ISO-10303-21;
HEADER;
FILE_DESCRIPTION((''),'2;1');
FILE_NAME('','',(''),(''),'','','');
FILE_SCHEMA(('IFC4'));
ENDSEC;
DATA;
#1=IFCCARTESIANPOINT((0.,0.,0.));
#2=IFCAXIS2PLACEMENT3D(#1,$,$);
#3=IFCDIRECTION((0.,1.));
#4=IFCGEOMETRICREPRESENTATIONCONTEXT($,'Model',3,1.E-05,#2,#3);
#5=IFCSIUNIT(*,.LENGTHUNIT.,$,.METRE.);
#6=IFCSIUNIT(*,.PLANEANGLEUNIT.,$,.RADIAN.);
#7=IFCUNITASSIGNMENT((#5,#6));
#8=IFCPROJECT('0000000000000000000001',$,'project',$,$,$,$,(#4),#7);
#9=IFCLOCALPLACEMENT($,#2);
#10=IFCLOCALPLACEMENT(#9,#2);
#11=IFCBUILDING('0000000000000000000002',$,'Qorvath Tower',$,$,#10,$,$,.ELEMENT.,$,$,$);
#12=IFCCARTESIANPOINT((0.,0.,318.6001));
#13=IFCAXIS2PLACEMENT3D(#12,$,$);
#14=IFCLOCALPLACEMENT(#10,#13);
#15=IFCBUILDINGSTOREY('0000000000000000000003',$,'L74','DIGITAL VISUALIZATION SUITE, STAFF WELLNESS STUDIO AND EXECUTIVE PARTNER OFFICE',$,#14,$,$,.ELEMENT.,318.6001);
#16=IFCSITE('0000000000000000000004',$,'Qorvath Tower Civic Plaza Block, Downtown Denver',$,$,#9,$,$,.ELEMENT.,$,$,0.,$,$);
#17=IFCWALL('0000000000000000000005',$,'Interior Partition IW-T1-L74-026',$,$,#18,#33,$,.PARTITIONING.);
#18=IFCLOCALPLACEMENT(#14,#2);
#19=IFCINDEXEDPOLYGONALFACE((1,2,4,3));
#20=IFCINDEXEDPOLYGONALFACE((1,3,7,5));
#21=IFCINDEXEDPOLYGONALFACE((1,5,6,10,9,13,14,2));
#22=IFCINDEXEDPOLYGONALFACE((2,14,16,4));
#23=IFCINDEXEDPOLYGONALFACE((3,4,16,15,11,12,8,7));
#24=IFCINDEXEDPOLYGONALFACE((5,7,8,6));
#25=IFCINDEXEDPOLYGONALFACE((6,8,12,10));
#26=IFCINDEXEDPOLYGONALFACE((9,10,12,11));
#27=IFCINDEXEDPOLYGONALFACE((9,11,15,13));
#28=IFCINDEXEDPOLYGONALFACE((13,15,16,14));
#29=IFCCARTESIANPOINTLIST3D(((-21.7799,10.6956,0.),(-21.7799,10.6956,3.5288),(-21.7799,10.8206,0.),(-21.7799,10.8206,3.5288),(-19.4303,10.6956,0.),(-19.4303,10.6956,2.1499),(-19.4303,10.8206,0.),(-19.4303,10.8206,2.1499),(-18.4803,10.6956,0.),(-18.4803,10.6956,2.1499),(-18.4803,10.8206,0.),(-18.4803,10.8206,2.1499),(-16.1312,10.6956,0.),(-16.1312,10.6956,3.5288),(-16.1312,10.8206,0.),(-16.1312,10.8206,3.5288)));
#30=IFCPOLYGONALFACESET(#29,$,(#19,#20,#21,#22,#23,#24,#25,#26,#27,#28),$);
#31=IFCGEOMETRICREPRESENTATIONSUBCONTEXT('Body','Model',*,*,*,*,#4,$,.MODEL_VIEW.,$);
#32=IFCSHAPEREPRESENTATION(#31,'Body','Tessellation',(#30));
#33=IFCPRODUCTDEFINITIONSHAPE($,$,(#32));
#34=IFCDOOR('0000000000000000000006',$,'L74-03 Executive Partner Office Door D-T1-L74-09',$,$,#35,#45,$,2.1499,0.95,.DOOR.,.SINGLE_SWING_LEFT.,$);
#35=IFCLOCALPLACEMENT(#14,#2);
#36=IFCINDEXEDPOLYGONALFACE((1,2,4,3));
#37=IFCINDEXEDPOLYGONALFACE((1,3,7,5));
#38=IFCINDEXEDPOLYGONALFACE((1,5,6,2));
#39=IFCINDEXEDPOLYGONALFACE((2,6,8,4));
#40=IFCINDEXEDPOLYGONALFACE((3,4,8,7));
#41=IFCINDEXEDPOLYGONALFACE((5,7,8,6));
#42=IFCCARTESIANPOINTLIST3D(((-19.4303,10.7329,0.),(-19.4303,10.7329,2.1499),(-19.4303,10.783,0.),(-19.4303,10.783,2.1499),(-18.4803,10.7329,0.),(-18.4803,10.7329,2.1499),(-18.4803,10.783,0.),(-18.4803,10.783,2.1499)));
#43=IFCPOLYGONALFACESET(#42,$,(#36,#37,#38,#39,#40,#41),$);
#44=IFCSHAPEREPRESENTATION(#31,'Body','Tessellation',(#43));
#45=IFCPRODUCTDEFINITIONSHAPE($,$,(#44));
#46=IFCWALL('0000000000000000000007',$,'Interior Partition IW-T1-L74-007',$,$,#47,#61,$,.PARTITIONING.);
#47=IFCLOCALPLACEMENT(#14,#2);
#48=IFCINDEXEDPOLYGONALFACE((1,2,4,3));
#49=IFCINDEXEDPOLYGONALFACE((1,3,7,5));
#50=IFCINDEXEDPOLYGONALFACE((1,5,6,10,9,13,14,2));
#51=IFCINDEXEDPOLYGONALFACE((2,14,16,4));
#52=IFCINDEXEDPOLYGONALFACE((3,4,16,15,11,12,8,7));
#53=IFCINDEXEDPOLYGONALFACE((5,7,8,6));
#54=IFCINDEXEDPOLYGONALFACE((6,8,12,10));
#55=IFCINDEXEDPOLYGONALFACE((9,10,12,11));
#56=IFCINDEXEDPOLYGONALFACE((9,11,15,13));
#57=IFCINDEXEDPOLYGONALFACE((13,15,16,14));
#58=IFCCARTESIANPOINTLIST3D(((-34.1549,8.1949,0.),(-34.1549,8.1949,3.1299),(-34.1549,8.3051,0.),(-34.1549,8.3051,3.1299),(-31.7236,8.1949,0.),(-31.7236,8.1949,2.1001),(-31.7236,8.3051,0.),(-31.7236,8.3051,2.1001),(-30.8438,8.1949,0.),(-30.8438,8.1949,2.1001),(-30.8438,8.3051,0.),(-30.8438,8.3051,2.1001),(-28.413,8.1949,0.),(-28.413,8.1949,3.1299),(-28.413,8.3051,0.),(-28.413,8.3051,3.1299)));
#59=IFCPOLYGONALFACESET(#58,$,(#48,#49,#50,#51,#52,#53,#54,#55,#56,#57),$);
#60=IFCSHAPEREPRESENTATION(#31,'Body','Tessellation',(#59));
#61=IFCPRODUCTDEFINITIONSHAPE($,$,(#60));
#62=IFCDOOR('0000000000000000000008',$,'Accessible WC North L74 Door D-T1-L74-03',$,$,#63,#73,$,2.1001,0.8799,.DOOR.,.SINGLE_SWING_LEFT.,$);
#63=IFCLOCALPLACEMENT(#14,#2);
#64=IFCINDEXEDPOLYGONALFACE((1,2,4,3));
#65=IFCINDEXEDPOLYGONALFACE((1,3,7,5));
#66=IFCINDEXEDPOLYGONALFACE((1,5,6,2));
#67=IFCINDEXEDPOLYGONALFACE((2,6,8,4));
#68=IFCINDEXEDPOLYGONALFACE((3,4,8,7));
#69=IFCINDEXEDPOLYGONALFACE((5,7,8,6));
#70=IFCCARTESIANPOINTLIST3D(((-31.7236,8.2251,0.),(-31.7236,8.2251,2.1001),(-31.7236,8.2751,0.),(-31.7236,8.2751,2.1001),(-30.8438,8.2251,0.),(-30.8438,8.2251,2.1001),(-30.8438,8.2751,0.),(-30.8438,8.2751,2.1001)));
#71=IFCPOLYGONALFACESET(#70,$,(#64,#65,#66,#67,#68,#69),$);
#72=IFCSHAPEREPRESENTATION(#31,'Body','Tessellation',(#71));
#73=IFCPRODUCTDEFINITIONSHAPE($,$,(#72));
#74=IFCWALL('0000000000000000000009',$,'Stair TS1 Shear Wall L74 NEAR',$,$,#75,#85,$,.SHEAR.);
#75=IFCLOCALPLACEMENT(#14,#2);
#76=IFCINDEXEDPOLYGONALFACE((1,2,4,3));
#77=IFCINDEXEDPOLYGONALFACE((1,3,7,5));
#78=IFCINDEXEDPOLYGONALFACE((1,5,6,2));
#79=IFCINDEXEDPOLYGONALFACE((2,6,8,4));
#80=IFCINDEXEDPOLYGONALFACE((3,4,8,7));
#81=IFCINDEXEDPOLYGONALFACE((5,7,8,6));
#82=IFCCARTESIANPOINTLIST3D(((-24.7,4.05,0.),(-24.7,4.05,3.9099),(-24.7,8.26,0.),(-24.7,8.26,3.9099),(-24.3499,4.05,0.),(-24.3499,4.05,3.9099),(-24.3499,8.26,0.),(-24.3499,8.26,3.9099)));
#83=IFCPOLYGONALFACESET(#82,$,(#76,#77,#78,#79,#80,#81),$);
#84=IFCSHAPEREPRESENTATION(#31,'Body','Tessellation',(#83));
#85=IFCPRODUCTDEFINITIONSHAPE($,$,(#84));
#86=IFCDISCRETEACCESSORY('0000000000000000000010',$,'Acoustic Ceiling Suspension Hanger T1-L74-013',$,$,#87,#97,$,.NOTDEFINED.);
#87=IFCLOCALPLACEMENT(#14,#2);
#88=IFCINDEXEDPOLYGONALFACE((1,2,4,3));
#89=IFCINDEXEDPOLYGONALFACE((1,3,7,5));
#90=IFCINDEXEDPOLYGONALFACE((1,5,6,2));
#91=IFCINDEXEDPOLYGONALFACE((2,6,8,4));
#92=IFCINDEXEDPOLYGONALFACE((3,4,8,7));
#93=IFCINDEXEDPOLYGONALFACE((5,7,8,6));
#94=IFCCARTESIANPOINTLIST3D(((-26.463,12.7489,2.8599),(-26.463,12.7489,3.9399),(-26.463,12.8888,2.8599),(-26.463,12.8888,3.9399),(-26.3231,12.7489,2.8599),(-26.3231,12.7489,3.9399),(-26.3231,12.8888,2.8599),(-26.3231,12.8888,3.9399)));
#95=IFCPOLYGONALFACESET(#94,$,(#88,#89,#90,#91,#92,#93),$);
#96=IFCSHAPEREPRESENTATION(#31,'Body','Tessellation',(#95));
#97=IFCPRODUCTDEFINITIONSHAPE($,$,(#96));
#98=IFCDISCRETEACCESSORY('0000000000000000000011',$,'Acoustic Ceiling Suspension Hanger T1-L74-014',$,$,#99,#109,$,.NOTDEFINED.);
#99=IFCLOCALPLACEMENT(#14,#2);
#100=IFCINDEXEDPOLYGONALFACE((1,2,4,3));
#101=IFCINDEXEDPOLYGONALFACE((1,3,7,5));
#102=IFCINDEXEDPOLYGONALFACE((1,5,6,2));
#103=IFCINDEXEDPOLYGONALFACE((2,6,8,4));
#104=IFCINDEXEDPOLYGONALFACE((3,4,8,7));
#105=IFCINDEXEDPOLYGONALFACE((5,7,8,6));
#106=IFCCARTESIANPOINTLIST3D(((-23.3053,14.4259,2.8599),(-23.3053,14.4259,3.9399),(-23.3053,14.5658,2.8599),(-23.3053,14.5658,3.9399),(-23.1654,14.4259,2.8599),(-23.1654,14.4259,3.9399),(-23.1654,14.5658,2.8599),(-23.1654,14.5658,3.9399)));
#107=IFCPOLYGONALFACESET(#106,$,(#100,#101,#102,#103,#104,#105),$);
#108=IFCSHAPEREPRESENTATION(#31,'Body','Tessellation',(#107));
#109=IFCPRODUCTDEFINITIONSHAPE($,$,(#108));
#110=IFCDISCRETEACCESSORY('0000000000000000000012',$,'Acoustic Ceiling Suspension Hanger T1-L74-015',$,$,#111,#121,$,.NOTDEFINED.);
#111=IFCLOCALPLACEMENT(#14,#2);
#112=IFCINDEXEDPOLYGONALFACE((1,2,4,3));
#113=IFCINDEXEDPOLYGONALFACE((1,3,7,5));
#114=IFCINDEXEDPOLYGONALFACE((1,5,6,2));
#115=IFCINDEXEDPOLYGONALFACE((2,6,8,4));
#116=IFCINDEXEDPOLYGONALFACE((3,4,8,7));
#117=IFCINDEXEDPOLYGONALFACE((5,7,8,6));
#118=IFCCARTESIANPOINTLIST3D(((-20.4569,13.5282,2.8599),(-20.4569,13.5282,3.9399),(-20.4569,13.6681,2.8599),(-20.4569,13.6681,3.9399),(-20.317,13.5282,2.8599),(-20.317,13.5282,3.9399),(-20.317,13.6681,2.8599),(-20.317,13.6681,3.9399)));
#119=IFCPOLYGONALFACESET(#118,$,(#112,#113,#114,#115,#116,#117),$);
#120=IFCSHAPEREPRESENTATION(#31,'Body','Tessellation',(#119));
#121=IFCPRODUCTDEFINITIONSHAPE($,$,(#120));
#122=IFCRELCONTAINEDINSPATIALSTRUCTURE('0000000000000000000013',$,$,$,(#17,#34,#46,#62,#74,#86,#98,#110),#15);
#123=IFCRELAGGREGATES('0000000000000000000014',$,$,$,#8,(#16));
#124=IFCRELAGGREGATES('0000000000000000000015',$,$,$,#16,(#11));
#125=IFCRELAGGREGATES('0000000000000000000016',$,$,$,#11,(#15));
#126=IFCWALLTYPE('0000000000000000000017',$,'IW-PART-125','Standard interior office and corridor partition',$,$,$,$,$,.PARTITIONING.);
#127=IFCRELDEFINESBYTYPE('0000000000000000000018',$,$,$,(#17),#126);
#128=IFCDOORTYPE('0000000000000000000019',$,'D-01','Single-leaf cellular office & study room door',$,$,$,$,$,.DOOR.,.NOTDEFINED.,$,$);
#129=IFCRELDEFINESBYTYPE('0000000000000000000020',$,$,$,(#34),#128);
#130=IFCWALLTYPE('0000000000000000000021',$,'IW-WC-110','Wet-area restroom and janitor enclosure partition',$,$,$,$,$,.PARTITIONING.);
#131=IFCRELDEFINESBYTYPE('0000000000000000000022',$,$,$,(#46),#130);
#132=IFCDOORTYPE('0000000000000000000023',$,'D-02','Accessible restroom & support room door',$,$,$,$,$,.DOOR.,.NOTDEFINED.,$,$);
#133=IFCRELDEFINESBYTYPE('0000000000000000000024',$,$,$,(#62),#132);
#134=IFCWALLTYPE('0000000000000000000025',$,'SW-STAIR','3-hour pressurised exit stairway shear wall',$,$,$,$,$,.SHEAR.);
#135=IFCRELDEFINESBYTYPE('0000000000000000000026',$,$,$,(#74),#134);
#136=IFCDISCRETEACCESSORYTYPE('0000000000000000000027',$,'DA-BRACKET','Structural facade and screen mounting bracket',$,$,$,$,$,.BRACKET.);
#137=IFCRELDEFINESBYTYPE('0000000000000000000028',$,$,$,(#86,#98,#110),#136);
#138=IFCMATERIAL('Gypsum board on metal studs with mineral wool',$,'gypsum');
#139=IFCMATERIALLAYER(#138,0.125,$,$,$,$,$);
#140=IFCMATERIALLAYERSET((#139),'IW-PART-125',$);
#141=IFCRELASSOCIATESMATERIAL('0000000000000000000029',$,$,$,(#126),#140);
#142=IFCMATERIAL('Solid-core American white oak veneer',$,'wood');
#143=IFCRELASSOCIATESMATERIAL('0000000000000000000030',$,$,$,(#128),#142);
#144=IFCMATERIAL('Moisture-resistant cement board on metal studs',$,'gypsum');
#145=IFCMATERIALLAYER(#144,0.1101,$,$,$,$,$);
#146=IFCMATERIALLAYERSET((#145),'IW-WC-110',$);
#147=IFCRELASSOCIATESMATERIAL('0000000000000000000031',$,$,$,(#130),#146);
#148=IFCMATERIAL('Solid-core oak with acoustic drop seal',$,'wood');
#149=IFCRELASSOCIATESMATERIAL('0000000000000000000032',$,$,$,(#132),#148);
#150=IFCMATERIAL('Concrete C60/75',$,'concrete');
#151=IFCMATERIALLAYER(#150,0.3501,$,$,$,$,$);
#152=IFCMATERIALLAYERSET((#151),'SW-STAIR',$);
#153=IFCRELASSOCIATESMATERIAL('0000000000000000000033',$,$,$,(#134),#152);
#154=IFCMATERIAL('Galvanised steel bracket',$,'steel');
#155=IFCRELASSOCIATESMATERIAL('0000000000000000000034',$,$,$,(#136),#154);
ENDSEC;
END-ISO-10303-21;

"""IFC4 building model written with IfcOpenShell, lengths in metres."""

from ifc_helpers import new_model, si_unit, direction, frame, frame_2d, origin, origin_2d, place, context, subcontext, project, spatial, rectangle, extrude, material, layer, layer_set, type_object, element, fill, save


model = new_model("IFC4")

# Units and contexts
model_context = context("Model", 3, precision=1e-05, world=origin(), true_north=direction((0.0, 1.0)))
body_context = subcontext(model_context, "Body", "Model", "MODEL_VIEW")
ifc_project = project(units=[si_unit("LENGTHUNIT", "METRE"), si_unit("PLANEANGLEUNIT", "RADIAN")], contexts=[model_context])

# Site, building, storey
site_placement = place(None, origin())
site = spatial("IfcSite", under=ifc_project, at=site_placement, Name="Qorvath Tower Civic Plaza Block, Downtown Denver", CompositionType="ELEMENT", RefElevation=0.0)
building_placement = place(site_placement, origin())
building = spatial("IfcBuilding", under=site, at=building_placement, Name="Qorvath Tower", CompositionType="ELEMENT")
storey_placement = place(building_placement, frame((0.0, 0.0, 318.6001)))
storey = spatial("IfcBuildingStorey", under=building, at=storey_placement, Name="L74", Description="DIGITAL VISUALIZATION SUITE, STAFF WELLNESS STUDIO AND EXECUTIVE PARTNER OFFICE", CompositionType="ELEMENT", Elevation=318.6001)

# Shared definitions
ifc_material_1 = material(Name="Gypsum board on metal studs with mineral wool", Category="gypsum")
ifc_layer_1 = layer(ifc_material_1, 0.125)
ifc_layer_set_1 = layer_set([ifc_layer_1], Name="IW-PART-125")
wall_type_1 = type_object("IfcWallType", Name="IW-PART-125", Description="Standard interior office and corridor partition", PredefinedType="PARTITIONING", material=ifc_layer_set_1)

# Shared definitions
ifc_material_2 = material(Name="Solid-core American white oak veneer", Category="wood")
door_type_1 = type_object("IfcDoorType", Name="D-01", Description="Single-leaf cellular office & study room door", OperationType="NOTDEFINED", PredefinedType="DOOR", material=ifc_material_2)

# Walls, openings, doors
wall_1_placement = place(storey_placement, frame((-21.7798, 10.7581, 0.0), z_axis=(0.0, 0.0, 1.0), x_axis=(1.0, 0.0, 0.0)))
wall_1 = element("IfcWall", 1, at=wall_1_placement, inside=storey, type_object=wall_type_1, Name="Interior Partition IW-T1-L74-026", PredefinedType="PARTITIONING", context=body_context, shape_type="SweptSolid", body=[
    extrude(rectangle(XDim=5.6487, YDim=0.125, at=frame_2d((2.8242, 0.0))), origin(), (0.0, 0.0, 1.0), 3.5288),
])
opening_1_placement = place(wall_1_placement, frame((2.3494, 0.0, 0.0)))
opening_1 = element("IfcOpeningElement", 2, at=opening_1_placement, cuts=wall_1, PredefinedType="OPENING", context=body_context, shape_type="SweptSolid", body=[
    extrude(rectangle(XDim=0.95, YDim=2.1499, at=frame_2d((0.4751, 1.075))), frame((0.0, 0.0725, 0.0), z_axis=(0.0, -1.0, 0.0), x_axis=(1.0, 0.0, 0.0)), (0.0, 0.0, 1.0), 0.145),
])
door_1_placement = place(opening_1_placement, origin())
door_1 = element("IfcDoor", 3, at=door_1_placement, inside=storey, type_object=door_type_1, Name="L74-03 Executive Partner Office Door D-T1-L74-09", OperationType="SINGLE_SWING_LEFT", OverallHeight=2.1499, OverallWidth=0.95, PredefinedType="DOOR", context=body_context, shape_type="SweptSolid", body=[
    extrude(rectangle(XDim=0.95, YDim=2.1499, at=frame_2d((0.4751, 1.075))), frame((0.0, 0.0249, 0.0), z_axis=(0.0, -1.0, 0.0), x_axis=(1.0, 0.0, 0.0)), (0.0, 0.0, 1.0), 0.05),
])
fill(opening_1, door_1)
ifc_material_3 = material(Name="Moisture-resistant cement board on metal studs", Category="gypsum")
ifc_layer_2 = layer(ifc_material_3, 0.1101)
ifc_layer_set_2 = layer_set([ifc_layer_2], Name="IW-WC-110")
wall_type_2 = type_object("IfcWallType", Name="IW-WC-110", Description="Wet-area restroom and janitor enclosure partition", PredefinedType="PARTITIONING", material=ifc_layer_set_2)
wall_2_placement = place(storey_placement, frame((-28.4128, 8.25, 0.0), z_axis=(0.0, 0.0, 1.0), x_axis=(-1.0, 0.0, 0.0)))
wall_2 = element("IfcWall", 4, at=wall_2_placement, inside=storey, type_object=wall_type_2, Name="Interior Partition IW-T1-L74-007", PredefinedType="PARTITIONING", context=body_context, shape_type="SweptSolid", body=[
    extrude(rectangle(XDim=5.7419, YDim=0.1101, at=frame_2d((2.8711, 0.0))), origin(), (0.0, 0.0, 1.0), 3.1299),
])
opening_2_placement = place(wall_2_placement, frame((2.4309, 0.0, 0.0)))
opening_2 = element("IfcOpeningElement", 5, at=opening_2_placement, cuts=wall_2, PredefinedType="OPENING", context=body_context, shape_type="SweptSolid", body=[
    extrude(rectangle(XDim=0.8799, YDim=2.1001, at=frame_2d((0.4399, 1.05))), frame((0.0, 0.0649, 0.0), z_axis=(0.0, -1.0, 0.0), x_axis=(1.0, 0.0, 0.0)), (0.0, 0.0, 1.0), 0.1301),
])
ifc_material_4 = material(Name="Solid-core oak with acoustic drop seal", Category="wood")
door_type_2 = type_object("IfcDoorType", Name="D-02", Description="Accessible restroom & support room door", OperationType="NOTDEFINED", PredefinedType="DOOR", material=ifc_material_4)
door_2_placement = place(opening_2_placement, origin())
door_2 = element("IfcDoor", 6, at=door_2_placement, inside=storey, type_object=door_type_2, Name="Accessible WC North L74 Door D-T1-L74-03", OperationType="SINGLE_SWING_LEFT", OverallHeight=2.1001, OverallWidth=0.8799, PredefinedType="DOOR", context=body_context, shape_type="SweptSolid", body=[
    extrude(rectangle(XDim=0.8799, YDim=2.1001, at=frame_2d((0.4399, 1.05))), frame((0.0, 0.0249, 0.0), z_axis=(0.0, -1.0, 0.0), x_axis=(1.0, 0.0, 0.0)), (0.0, 0.0, 1.0), 0.05),
])
fill(opening_2, door_2)

# Wall
ifc_material_5 = material(Name="Concrete C60/75", Category="concrete")
ifc_layer_3 = layer(ifc_material_5, 0.3501)
ifc_layer_set_3 = layer_set([ifc_layer_3], Name="SW-STAIR")
wall_type_3 = type_object("IfcWallType", Name="SW-STAIR", Description="3-hour pressurised exit stairway shear wall", PredefinedType="SHEAR", material=ifc_layer_set_3)
wall_3_placement = place(storey_placement, frame((-24.5249, 8.26, 0.0), z_axis=(0.0, 0.0, 1.0), x_axis=(0.0, -1.0, 0.0)))
element("IfcWall", 7, at=wall_3_placement, inside=storey, type_object=wall_type_3, Name="Stair TS1 Shear Wall L74 NEAR", PredefinedType="SHEAR", context=body_context, shape_type="SweptSolid", body=[
    extrude(rectangle(XDim=4.21, YDim=0.3501, at=frame_2d((2.105, 0.0))), origin(), (0.0, 0.0, 1.0), 3.9099),
])

# Discrete accessories
ifc_material_6 = material(Name="Galvanised steel bracket", Category="steel")
discrete_accessory_type = type_object("IfcDiscreteAccessoryType", Name="DA-BRACKET", Description="Structural facade and screen mounting bracket", PredefinedType="BRACKET", material=ifc_material_6)
for number, where, z_axis, x_axis, name in (
    (8, (-26.3931, 12.8188, 2.8599), (0.0, 0.0, 1.0), (1.0, 0.0, 0.0), "Acoustic Ceiling Suspension Hanger T1-L74-013"),
    (9, (-23.2354, 14.4958, 2.8599), (0.0, 0.0, 1.0), (1.0, 0.0, 0.0), "Acoustic Ceiling Suspension Hanger T1-L74-014"),
    (10, (-20.387, 13.5981, 2.8599), (0.0, 0.0, 1.0), (1.0, 0.0, 0.0), "Acoustic Ceiling Suspension Hanger T1-L74-015"),
):
    element("IfcDiscreteAccessory", number, at=place(storey_placement, frame(where, z_axis=z_axis, x_axis=x_axis)), inside=storey, type_object=discrete_accessory_type, Name=name, PredefinedType="NOTDEFINED", context=body_context, shape_type="SweptSolid", body=[
        extrude(rectangle(XDim=0.1399, YDim=0.1399, at=origin_2d()), origin(), (0.0, 0.0, 1.0), 1.0801),
    ])

save(model, "model.ifc")
